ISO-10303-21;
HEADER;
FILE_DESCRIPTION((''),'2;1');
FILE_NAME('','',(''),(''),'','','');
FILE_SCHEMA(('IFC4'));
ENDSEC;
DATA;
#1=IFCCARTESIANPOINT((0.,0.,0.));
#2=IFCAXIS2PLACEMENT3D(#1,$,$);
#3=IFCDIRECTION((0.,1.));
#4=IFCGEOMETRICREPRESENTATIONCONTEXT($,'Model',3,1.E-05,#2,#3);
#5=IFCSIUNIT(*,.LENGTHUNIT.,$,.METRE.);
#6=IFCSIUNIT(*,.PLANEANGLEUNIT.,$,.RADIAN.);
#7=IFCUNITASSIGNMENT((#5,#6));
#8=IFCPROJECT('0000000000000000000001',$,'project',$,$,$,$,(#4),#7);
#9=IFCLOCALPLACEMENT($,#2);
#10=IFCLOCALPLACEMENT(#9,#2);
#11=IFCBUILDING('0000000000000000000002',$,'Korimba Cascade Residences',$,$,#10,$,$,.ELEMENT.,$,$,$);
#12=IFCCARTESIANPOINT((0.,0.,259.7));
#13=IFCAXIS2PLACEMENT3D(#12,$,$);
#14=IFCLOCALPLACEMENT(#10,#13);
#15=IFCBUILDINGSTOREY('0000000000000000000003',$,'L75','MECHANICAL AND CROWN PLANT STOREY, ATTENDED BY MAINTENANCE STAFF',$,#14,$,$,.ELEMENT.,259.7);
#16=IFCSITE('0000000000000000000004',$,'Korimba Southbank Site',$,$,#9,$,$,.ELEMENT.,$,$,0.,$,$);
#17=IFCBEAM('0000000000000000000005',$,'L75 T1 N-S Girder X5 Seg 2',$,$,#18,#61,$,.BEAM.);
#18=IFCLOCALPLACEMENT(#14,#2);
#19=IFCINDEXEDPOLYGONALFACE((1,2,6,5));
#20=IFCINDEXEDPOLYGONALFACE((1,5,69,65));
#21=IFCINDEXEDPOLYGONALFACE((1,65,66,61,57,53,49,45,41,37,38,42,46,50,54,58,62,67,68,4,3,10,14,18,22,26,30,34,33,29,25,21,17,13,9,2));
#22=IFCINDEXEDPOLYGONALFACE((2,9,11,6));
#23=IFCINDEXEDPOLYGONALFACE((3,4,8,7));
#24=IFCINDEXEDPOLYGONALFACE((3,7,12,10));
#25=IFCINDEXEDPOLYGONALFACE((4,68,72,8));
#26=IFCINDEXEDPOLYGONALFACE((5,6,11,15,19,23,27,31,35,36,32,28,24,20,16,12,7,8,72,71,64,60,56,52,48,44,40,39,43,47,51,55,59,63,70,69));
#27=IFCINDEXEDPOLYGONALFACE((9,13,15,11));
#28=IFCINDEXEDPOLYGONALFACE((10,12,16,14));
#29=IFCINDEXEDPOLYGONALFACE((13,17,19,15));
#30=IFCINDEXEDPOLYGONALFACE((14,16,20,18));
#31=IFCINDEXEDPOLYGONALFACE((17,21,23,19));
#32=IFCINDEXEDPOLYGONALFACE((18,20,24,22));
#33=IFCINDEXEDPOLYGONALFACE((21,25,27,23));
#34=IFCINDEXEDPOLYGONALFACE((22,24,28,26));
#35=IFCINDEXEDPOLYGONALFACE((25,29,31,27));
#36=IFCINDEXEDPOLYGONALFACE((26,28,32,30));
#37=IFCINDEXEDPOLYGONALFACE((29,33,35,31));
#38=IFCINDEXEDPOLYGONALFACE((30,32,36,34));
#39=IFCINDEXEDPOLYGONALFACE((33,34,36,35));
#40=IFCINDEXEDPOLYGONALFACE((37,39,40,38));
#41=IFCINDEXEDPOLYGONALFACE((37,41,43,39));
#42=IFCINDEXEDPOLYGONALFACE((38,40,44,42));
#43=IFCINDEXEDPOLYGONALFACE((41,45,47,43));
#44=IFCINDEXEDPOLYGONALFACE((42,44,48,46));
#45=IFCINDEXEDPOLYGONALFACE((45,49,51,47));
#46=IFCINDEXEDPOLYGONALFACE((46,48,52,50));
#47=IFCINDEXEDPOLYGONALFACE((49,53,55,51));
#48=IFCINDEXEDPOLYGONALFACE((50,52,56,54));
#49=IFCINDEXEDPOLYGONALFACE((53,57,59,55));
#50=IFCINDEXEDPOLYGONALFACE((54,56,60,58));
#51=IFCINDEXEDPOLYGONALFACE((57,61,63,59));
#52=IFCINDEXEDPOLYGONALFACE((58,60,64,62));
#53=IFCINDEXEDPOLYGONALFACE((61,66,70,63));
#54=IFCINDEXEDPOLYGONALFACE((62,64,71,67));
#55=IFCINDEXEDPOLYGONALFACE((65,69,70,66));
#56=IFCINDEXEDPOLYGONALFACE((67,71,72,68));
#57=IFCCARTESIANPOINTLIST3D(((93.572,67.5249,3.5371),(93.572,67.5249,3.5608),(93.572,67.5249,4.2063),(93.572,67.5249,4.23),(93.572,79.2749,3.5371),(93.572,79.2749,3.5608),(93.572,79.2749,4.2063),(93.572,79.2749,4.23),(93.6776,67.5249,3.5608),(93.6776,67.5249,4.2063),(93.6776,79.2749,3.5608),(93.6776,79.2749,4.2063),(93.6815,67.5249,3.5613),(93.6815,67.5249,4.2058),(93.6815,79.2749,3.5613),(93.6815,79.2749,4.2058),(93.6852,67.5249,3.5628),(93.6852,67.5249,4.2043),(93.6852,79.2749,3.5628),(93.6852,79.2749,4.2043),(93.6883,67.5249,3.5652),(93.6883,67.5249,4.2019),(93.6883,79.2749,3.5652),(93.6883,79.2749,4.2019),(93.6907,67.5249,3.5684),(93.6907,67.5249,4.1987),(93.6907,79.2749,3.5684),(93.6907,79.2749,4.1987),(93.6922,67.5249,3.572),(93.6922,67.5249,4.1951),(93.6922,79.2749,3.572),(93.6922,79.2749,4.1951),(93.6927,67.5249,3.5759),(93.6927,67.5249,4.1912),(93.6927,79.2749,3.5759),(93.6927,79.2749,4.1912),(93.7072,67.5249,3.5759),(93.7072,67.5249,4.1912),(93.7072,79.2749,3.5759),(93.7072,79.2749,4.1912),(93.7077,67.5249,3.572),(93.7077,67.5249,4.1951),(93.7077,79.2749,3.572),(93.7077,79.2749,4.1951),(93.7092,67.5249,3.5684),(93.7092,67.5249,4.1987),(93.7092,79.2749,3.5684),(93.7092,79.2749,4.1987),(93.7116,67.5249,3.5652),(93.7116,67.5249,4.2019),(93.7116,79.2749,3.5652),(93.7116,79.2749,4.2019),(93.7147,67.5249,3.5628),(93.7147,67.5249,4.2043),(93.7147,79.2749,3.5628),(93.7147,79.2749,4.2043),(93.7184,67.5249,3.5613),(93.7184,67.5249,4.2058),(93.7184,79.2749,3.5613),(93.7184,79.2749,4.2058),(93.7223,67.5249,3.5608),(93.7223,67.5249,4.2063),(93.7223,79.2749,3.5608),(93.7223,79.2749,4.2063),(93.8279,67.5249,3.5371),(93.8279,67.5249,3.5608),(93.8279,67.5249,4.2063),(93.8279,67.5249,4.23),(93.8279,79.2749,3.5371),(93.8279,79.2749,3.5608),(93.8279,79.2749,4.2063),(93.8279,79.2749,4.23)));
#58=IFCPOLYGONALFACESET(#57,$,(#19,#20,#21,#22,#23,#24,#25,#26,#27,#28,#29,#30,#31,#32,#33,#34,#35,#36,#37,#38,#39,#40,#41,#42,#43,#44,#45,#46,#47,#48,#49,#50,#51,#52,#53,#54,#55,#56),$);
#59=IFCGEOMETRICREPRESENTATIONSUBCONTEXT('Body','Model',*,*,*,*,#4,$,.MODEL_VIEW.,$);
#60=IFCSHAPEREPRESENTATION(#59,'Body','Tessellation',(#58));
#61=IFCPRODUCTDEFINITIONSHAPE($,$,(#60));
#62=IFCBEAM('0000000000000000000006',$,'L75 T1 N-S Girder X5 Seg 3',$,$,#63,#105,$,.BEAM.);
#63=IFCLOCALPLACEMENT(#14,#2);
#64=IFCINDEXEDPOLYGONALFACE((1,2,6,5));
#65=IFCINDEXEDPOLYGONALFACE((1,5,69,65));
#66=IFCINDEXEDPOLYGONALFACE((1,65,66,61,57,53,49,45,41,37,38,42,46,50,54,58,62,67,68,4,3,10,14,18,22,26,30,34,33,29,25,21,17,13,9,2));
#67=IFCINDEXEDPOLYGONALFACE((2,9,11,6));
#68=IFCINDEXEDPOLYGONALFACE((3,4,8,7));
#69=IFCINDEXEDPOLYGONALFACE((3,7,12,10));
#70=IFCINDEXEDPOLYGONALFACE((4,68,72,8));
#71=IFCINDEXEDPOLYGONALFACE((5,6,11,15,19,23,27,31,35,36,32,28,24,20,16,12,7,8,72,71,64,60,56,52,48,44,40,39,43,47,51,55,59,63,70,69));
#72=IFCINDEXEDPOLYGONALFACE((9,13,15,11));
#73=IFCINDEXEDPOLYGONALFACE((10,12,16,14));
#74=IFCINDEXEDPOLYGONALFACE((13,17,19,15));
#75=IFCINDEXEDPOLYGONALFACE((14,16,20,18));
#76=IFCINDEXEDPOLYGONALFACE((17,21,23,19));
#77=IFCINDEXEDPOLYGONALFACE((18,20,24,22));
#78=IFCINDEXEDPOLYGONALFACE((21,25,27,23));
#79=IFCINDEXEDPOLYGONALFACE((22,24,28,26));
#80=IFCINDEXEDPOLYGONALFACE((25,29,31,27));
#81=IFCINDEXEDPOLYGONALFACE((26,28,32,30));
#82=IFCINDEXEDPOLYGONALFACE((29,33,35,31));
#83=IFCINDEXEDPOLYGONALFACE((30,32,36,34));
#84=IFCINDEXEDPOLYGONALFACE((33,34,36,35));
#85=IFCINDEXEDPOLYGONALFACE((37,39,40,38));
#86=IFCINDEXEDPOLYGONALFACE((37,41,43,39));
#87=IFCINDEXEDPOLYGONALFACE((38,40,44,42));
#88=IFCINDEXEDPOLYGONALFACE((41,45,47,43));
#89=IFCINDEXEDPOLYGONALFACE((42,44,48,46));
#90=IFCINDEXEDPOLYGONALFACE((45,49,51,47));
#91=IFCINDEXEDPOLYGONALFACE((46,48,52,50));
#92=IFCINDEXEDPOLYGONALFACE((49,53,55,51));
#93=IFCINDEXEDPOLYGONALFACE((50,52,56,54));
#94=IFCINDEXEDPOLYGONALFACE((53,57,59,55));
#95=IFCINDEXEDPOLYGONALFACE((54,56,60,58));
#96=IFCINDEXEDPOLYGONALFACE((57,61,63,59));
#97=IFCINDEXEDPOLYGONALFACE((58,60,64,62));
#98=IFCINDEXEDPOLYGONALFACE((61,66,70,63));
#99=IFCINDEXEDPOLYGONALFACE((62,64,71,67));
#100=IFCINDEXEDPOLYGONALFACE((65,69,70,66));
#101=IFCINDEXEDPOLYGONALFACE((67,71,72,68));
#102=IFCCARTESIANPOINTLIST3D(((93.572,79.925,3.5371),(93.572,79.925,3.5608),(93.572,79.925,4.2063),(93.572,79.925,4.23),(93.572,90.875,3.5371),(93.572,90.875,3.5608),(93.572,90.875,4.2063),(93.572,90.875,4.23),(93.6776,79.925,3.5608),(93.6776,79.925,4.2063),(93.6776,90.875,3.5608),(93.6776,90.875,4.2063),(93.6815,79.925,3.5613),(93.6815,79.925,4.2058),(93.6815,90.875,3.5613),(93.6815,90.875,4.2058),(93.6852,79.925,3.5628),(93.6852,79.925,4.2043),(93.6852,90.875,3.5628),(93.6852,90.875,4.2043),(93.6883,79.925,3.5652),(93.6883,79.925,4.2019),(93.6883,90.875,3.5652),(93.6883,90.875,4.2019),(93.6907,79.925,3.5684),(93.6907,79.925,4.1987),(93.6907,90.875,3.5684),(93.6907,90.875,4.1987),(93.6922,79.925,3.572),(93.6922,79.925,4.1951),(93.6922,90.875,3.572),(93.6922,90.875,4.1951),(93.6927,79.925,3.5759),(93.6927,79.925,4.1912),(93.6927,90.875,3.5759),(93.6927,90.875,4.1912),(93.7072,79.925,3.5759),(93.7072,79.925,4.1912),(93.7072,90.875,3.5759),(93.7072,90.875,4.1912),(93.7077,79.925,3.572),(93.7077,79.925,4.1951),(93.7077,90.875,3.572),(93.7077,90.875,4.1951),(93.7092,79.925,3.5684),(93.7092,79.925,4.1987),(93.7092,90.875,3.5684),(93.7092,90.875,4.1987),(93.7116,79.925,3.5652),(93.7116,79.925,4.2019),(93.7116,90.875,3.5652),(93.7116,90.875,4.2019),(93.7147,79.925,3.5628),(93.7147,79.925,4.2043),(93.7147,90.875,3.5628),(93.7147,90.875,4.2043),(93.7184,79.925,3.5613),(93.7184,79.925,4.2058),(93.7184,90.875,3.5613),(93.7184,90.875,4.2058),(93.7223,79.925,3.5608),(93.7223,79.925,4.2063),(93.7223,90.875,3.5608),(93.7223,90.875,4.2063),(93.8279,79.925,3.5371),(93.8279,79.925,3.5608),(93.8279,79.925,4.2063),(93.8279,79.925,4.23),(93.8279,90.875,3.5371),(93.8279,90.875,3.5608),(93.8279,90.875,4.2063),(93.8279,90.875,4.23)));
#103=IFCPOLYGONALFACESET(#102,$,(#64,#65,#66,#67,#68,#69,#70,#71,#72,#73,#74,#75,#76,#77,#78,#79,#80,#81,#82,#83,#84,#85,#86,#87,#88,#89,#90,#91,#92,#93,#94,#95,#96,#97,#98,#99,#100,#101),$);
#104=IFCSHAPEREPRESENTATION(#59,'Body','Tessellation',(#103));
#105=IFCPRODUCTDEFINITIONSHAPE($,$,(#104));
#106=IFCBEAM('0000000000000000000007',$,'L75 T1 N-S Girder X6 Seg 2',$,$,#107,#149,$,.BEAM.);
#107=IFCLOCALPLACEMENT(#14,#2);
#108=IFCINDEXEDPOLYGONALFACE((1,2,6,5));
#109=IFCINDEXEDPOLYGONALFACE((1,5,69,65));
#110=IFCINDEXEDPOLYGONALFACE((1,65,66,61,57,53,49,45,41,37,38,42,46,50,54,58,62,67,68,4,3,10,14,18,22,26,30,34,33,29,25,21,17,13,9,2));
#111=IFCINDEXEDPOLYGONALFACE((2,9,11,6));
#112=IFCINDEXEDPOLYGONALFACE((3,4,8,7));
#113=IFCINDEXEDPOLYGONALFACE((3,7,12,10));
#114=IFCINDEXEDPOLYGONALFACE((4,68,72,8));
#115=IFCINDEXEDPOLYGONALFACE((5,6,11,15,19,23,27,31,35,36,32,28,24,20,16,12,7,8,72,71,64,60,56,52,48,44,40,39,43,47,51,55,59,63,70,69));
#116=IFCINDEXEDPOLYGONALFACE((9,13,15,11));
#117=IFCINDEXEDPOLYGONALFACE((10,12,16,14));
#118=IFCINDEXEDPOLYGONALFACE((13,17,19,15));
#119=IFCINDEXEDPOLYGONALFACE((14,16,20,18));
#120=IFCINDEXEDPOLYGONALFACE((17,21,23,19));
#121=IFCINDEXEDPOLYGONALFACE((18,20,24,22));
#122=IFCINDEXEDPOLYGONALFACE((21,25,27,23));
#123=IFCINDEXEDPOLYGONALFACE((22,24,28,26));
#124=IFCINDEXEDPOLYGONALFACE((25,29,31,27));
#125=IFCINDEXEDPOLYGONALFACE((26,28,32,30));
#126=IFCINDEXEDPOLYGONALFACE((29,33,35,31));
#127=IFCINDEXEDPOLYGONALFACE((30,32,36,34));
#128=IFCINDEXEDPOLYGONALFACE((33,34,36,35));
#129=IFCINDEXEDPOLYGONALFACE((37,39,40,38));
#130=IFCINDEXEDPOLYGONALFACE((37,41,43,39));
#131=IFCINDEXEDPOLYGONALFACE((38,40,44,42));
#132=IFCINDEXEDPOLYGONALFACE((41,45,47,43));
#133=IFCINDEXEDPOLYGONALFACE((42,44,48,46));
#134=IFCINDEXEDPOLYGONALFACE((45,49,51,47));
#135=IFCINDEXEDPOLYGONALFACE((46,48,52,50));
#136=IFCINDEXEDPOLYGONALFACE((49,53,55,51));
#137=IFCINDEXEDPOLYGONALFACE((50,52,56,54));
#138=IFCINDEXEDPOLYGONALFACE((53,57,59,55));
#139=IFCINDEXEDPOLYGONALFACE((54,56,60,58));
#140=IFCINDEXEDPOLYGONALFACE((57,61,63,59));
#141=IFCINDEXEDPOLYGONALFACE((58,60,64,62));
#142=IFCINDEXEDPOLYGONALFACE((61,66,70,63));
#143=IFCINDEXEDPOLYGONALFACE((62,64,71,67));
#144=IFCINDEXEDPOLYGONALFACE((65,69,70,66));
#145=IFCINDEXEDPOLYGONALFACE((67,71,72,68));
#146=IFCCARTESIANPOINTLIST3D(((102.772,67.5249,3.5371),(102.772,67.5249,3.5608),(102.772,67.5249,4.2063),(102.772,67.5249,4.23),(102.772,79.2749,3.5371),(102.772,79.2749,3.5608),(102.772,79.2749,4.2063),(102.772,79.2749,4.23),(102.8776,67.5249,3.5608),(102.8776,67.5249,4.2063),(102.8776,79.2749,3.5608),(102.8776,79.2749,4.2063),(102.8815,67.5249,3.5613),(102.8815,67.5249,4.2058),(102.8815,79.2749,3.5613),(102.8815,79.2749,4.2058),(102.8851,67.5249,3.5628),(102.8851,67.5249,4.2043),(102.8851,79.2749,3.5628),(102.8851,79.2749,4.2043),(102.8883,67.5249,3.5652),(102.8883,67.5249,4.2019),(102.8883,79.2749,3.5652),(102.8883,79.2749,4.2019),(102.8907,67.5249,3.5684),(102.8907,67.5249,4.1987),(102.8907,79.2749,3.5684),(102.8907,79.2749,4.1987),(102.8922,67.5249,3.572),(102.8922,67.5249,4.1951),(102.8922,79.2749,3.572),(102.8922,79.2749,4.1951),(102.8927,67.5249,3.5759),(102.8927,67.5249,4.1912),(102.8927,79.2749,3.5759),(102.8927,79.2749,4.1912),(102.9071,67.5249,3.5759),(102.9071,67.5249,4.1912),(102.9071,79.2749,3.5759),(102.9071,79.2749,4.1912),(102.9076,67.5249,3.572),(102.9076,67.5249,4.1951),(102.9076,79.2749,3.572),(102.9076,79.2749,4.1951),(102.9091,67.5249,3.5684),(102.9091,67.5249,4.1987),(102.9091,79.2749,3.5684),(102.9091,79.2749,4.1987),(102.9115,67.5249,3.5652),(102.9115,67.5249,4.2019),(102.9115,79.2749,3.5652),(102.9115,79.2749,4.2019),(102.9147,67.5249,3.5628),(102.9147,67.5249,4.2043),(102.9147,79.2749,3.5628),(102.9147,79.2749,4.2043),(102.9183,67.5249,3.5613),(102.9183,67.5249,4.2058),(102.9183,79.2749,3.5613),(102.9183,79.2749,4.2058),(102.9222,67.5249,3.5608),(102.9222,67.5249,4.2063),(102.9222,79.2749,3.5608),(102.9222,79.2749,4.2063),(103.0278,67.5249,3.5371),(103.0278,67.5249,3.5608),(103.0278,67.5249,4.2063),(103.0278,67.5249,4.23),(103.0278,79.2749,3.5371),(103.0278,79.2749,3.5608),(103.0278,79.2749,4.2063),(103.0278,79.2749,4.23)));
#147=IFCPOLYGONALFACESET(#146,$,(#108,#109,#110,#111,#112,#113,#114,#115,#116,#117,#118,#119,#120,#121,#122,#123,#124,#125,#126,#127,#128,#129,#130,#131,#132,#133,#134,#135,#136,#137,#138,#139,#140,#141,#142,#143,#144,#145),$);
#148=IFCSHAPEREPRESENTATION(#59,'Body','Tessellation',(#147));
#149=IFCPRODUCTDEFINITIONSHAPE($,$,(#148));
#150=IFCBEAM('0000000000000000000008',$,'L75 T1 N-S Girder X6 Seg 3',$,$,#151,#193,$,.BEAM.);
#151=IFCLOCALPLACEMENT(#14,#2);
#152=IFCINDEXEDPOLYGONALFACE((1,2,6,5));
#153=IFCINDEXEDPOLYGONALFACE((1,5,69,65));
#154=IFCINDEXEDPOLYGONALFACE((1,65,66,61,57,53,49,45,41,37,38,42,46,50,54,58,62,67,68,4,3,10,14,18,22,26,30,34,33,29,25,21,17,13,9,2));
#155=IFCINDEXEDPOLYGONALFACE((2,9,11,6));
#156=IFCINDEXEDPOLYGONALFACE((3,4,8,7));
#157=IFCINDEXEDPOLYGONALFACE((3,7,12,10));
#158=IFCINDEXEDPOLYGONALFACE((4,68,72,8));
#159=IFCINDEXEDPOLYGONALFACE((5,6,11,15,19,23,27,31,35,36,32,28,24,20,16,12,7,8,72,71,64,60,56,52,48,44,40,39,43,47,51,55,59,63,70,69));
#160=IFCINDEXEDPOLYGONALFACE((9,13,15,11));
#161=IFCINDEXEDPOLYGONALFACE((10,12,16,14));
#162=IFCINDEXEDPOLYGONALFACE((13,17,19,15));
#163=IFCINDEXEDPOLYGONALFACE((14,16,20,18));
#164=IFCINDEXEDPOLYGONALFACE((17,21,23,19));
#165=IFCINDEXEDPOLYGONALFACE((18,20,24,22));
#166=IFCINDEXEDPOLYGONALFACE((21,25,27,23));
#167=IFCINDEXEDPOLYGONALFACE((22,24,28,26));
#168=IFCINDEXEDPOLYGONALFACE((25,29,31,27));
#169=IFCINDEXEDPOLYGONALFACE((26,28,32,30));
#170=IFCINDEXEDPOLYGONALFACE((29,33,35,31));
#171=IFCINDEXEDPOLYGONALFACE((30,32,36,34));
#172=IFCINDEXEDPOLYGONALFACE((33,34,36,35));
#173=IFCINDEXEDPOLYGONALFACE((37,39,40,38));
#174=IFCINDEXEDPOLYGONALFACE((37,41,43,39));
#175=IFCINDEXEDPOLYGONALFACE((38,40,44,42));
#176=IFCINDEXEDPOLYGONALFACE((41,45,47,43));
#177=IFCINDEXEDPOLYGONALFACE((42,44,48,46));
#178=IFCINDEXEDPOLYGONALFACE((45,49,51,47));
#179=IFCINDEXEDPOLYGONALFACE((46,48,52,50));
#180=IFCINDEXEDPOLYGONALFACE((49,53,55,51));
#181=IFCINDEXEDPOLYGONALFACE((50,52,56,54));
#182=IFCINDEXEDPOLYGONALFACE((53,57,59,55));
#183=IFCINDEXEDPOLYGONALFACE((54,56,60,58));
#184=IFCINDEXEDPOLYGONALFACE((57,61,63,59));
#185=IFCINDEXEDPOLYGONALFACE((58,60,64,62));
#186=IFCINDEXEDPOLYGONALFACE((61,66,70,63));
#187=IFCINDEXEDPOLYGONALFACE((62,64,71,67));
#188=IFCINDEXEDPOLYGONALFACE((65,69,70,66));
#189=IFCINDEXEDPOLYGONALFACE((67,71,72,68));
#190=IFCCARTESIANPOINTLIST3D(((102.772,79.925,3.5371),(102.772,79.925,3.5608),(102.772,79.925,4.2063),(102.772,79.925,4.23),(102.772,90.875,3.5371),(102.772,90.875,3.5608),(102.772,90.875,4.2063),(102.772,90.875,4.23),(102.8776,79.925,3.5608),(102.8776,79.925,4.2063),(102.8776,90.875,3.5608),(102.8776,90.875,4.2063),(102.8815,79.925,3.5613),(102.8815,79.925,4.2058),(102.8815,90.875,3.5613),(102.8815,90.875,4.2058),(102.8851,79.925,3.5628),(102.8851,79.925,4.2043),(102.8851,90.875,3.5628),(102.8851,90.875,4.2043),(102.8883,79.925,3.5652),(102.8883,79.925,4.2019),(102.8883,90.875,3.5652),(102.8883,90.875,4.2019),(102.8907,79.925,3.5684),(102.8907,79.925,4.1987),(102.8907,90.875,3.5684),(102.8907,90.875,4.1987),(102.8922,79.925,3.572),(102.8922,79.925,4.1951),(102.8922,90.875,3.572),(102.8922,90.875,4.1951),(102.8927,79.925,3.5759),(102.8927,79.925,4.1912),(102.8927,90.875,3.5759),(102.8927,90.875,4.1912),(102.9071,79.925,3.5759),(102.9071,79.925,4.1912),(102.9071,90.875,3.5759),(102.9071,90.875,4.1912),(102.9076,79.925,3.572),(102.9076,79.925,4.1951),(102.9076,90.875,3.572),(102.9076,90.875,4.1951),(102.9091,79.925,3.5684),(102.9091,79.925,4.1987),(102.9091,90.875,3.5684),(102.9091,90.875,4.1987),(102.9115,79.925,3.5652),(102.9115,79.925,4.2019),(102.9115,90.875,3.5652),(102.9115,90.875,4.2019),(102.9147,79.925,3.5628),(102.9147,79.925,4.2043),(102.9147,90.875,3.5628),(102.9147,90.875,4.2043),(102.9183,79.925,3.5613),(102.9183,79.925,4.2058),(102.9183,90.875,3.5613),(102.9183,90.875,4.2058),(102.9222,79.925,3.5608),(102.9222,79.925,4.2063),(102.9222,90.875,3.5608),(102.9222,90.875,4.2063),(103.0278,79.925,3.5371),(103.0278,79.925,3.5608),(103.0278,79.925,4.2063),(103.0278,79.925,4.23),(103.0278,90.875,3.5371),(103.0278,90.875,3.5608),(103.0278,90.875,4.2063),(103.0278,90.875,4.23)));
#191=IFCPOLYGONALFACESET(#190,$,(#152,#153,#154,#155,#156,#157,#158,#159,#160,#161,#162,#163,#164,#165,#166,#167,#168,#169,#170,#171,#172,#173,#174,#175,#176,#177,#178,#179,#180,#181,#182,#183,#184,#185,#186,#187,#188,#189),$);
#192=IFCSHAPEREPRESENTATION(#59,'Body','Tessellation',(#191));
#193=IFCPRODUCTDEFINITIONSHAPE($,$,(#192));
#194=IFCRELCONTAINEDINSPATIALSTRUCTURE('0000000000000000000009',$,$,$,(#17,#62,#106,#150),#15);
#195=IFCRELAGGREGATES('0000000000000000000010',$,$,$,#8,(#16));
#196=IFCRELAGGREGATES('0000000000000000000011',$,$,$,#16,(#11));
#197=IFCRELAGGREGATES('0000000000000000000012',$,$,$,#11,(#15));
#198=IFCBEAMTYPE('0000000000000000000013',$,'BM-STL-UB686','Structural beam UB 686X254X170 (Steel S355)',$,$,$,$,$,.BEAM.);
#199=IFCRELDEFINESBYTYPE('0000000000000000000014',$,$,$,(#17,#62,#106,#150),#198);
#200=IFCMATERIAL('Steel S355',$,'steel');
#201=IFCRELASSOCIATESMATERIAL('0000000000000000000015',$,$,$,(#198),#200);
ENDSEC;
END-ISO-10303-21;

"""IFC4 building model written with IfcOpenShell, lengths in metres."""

from ifc_helpers import new_model, si_unit, direction, frame, origin, origin_2d, place, context, subcontext, project, spatial, i_section, extrude, material, material_profile, profile_set, type_object, element, save


model = new_model("IFC4")

# Units and contexts
model_context = context("Model", 3, precision=1e-05, world=origin(), true_north=direction((0.0, 1.0)))
body_context = subcontext(model_context, "Body", "Model", "MODEL_VIEW")
ifc_project = project(units=[si_unit("LENGTHUNIT", "METRE"), si_unit("PLANEANGLEUNIT", "RADIAN")], contexts=[model_context])

# Site, building, storey
site_placement = place(None, origin())
site = spatial("IfcSite", under=ifc_project, at=site_placement, Name="Korimba Southbank Site", CompositionType="ELEMENT", RefElevation=0.0)
building_placement = place(site_placement, origin())
building = spatial("IfcBuilding", under=site, at=building_placement, Name="Korimba Cascade Residences", CompositionType="ELEMENT")
storey_placement = place(building_placement, frame((0.0, 0.0, 259.7)))
storey = spatial("IfcBuildingStorey", under=building, at=storey_placement, Name="L75", Description="MECHANICAL AND CROWN PLANT STOREY, ATTENDED BY MAINTENANCE STAFF", CompositionType="ELEMENT", Elevation=259.7)

# Beams
ifc_material_1 = material(Name="Steel S355", Category="steel")
ifc_material_profile_1 = material_profile(ifc_material_1, i_section(OverallWidth=0.2559, OverallDepth=0.6929, WebThickness=0.0144, FlangeThickness=0.0237, FilletRadius=0.0151, at=origin_2d()), Name="Steel S355")
ifc_profile_set_1 = profile_set([ifc_material_profile_1], Name="Steel S355")
beam_type_1 = type_object("IfcBeamType", Name="BM-STL-UB686", Description="Structural beam UB 686X254X170 (Steel S355)", PredefinedType="BEAM", material=ifc_profile_set_1)
beam_1_placement = place(storey_placement, frame((93.7, 67.5249, 3.8835), z_axis=(0.0, 1.0, 0.0), x_axis=(-1.0, 0.0, 0.0)))
element("IfcBeam", 1, at=beam_1_placement, inside=storey, type_object=beam_type_1, Name="L75 T1 N-S Girder X5 Seg 2", PredefinedType="BEAM", context=body_context, shape_type="SweptSolid", body=[
    extrude(i_section(OverallWidth=0.2559, OverallDepth=0.6929, WebThickness=0.0144, FlangeThickness=0.0237, FilletRadius=0.0151, at=origin_2d()), origin(), (0.0, 0.0, 1.0), 11.75),
])
beam_2_placement = place(storey_placement, frame((93.7, 79.925, 3.8835), z_axis=(0.0, 1.0, 0.0), x_axis=(-1.0, 0.0, 0.0)))
element("IfcBeam", 2, at=beam_2_placement, inside=storey, type_object=beam_type_1, Name="L75 T1 N-S Girder X5 Seg 3", PredefinedType="BEAM", context=body_context, shape_type="SweptSolid", body=[
    extrude(i_section(OverallWidth=0.2559, OverallDepth=0.6929, WebThickness=0.0144, FlangeThickness=0.0237, FilletRadius=0.0151, at=origin_2d()), origin(), (0.0, 0.0, 1.0), 10.95),
])
beam_3_placement = place(storey_placement, frame((102.8999, 67.5249, 3.8835), z_axis=(0.0, 1.0, 0.0), x_axis=(-1.0, 0.0, 0.0)))
element("IfcBeam", 3, at=beam_3_placement, inside=storey, type_object=beam_type_1, Name="L75 T1 N-S Girder X6 Seg 2", PredefinedType="BEAM", context=body_context, shape_type="SweptSolid", body=[
    extrude(i_section(OverallWidth=0.2559, OverallDepth=0.6929, WebThickness=0.0144, FlangeThickness=0.0237, FilletRadius=0.0151, at=origin_2d()), origin(), (0.0, 0.0, 1.0), 11.75),
])
beam_4_placement = place(storey_placement, frame((102.8999, 79.925, 3.8835), z_axis=(0.0, 1.0, 0.0), x_axis=(-1.0, 0.0, 0.0)))
element("IfcBeam", 4, at=beam_4_placement, inside=storey, type_object=beam_type_1, Name="L75 T1 N-S Girder X6 Seg 3", PredefinedType="BEAM", context=body_context, shape_type="SweptSolid", body=[
    extrude(i_section(OverallWidth=0.2559, OverallDepth=0.6929, WebThickness=0.0144, FlangeThickness=0.0237, FilletRadius=0.0151, at=origin_2d()), origin(), (0.0, 0.0, 1.0), 10.95),
])

save(model, "model.ifc")
